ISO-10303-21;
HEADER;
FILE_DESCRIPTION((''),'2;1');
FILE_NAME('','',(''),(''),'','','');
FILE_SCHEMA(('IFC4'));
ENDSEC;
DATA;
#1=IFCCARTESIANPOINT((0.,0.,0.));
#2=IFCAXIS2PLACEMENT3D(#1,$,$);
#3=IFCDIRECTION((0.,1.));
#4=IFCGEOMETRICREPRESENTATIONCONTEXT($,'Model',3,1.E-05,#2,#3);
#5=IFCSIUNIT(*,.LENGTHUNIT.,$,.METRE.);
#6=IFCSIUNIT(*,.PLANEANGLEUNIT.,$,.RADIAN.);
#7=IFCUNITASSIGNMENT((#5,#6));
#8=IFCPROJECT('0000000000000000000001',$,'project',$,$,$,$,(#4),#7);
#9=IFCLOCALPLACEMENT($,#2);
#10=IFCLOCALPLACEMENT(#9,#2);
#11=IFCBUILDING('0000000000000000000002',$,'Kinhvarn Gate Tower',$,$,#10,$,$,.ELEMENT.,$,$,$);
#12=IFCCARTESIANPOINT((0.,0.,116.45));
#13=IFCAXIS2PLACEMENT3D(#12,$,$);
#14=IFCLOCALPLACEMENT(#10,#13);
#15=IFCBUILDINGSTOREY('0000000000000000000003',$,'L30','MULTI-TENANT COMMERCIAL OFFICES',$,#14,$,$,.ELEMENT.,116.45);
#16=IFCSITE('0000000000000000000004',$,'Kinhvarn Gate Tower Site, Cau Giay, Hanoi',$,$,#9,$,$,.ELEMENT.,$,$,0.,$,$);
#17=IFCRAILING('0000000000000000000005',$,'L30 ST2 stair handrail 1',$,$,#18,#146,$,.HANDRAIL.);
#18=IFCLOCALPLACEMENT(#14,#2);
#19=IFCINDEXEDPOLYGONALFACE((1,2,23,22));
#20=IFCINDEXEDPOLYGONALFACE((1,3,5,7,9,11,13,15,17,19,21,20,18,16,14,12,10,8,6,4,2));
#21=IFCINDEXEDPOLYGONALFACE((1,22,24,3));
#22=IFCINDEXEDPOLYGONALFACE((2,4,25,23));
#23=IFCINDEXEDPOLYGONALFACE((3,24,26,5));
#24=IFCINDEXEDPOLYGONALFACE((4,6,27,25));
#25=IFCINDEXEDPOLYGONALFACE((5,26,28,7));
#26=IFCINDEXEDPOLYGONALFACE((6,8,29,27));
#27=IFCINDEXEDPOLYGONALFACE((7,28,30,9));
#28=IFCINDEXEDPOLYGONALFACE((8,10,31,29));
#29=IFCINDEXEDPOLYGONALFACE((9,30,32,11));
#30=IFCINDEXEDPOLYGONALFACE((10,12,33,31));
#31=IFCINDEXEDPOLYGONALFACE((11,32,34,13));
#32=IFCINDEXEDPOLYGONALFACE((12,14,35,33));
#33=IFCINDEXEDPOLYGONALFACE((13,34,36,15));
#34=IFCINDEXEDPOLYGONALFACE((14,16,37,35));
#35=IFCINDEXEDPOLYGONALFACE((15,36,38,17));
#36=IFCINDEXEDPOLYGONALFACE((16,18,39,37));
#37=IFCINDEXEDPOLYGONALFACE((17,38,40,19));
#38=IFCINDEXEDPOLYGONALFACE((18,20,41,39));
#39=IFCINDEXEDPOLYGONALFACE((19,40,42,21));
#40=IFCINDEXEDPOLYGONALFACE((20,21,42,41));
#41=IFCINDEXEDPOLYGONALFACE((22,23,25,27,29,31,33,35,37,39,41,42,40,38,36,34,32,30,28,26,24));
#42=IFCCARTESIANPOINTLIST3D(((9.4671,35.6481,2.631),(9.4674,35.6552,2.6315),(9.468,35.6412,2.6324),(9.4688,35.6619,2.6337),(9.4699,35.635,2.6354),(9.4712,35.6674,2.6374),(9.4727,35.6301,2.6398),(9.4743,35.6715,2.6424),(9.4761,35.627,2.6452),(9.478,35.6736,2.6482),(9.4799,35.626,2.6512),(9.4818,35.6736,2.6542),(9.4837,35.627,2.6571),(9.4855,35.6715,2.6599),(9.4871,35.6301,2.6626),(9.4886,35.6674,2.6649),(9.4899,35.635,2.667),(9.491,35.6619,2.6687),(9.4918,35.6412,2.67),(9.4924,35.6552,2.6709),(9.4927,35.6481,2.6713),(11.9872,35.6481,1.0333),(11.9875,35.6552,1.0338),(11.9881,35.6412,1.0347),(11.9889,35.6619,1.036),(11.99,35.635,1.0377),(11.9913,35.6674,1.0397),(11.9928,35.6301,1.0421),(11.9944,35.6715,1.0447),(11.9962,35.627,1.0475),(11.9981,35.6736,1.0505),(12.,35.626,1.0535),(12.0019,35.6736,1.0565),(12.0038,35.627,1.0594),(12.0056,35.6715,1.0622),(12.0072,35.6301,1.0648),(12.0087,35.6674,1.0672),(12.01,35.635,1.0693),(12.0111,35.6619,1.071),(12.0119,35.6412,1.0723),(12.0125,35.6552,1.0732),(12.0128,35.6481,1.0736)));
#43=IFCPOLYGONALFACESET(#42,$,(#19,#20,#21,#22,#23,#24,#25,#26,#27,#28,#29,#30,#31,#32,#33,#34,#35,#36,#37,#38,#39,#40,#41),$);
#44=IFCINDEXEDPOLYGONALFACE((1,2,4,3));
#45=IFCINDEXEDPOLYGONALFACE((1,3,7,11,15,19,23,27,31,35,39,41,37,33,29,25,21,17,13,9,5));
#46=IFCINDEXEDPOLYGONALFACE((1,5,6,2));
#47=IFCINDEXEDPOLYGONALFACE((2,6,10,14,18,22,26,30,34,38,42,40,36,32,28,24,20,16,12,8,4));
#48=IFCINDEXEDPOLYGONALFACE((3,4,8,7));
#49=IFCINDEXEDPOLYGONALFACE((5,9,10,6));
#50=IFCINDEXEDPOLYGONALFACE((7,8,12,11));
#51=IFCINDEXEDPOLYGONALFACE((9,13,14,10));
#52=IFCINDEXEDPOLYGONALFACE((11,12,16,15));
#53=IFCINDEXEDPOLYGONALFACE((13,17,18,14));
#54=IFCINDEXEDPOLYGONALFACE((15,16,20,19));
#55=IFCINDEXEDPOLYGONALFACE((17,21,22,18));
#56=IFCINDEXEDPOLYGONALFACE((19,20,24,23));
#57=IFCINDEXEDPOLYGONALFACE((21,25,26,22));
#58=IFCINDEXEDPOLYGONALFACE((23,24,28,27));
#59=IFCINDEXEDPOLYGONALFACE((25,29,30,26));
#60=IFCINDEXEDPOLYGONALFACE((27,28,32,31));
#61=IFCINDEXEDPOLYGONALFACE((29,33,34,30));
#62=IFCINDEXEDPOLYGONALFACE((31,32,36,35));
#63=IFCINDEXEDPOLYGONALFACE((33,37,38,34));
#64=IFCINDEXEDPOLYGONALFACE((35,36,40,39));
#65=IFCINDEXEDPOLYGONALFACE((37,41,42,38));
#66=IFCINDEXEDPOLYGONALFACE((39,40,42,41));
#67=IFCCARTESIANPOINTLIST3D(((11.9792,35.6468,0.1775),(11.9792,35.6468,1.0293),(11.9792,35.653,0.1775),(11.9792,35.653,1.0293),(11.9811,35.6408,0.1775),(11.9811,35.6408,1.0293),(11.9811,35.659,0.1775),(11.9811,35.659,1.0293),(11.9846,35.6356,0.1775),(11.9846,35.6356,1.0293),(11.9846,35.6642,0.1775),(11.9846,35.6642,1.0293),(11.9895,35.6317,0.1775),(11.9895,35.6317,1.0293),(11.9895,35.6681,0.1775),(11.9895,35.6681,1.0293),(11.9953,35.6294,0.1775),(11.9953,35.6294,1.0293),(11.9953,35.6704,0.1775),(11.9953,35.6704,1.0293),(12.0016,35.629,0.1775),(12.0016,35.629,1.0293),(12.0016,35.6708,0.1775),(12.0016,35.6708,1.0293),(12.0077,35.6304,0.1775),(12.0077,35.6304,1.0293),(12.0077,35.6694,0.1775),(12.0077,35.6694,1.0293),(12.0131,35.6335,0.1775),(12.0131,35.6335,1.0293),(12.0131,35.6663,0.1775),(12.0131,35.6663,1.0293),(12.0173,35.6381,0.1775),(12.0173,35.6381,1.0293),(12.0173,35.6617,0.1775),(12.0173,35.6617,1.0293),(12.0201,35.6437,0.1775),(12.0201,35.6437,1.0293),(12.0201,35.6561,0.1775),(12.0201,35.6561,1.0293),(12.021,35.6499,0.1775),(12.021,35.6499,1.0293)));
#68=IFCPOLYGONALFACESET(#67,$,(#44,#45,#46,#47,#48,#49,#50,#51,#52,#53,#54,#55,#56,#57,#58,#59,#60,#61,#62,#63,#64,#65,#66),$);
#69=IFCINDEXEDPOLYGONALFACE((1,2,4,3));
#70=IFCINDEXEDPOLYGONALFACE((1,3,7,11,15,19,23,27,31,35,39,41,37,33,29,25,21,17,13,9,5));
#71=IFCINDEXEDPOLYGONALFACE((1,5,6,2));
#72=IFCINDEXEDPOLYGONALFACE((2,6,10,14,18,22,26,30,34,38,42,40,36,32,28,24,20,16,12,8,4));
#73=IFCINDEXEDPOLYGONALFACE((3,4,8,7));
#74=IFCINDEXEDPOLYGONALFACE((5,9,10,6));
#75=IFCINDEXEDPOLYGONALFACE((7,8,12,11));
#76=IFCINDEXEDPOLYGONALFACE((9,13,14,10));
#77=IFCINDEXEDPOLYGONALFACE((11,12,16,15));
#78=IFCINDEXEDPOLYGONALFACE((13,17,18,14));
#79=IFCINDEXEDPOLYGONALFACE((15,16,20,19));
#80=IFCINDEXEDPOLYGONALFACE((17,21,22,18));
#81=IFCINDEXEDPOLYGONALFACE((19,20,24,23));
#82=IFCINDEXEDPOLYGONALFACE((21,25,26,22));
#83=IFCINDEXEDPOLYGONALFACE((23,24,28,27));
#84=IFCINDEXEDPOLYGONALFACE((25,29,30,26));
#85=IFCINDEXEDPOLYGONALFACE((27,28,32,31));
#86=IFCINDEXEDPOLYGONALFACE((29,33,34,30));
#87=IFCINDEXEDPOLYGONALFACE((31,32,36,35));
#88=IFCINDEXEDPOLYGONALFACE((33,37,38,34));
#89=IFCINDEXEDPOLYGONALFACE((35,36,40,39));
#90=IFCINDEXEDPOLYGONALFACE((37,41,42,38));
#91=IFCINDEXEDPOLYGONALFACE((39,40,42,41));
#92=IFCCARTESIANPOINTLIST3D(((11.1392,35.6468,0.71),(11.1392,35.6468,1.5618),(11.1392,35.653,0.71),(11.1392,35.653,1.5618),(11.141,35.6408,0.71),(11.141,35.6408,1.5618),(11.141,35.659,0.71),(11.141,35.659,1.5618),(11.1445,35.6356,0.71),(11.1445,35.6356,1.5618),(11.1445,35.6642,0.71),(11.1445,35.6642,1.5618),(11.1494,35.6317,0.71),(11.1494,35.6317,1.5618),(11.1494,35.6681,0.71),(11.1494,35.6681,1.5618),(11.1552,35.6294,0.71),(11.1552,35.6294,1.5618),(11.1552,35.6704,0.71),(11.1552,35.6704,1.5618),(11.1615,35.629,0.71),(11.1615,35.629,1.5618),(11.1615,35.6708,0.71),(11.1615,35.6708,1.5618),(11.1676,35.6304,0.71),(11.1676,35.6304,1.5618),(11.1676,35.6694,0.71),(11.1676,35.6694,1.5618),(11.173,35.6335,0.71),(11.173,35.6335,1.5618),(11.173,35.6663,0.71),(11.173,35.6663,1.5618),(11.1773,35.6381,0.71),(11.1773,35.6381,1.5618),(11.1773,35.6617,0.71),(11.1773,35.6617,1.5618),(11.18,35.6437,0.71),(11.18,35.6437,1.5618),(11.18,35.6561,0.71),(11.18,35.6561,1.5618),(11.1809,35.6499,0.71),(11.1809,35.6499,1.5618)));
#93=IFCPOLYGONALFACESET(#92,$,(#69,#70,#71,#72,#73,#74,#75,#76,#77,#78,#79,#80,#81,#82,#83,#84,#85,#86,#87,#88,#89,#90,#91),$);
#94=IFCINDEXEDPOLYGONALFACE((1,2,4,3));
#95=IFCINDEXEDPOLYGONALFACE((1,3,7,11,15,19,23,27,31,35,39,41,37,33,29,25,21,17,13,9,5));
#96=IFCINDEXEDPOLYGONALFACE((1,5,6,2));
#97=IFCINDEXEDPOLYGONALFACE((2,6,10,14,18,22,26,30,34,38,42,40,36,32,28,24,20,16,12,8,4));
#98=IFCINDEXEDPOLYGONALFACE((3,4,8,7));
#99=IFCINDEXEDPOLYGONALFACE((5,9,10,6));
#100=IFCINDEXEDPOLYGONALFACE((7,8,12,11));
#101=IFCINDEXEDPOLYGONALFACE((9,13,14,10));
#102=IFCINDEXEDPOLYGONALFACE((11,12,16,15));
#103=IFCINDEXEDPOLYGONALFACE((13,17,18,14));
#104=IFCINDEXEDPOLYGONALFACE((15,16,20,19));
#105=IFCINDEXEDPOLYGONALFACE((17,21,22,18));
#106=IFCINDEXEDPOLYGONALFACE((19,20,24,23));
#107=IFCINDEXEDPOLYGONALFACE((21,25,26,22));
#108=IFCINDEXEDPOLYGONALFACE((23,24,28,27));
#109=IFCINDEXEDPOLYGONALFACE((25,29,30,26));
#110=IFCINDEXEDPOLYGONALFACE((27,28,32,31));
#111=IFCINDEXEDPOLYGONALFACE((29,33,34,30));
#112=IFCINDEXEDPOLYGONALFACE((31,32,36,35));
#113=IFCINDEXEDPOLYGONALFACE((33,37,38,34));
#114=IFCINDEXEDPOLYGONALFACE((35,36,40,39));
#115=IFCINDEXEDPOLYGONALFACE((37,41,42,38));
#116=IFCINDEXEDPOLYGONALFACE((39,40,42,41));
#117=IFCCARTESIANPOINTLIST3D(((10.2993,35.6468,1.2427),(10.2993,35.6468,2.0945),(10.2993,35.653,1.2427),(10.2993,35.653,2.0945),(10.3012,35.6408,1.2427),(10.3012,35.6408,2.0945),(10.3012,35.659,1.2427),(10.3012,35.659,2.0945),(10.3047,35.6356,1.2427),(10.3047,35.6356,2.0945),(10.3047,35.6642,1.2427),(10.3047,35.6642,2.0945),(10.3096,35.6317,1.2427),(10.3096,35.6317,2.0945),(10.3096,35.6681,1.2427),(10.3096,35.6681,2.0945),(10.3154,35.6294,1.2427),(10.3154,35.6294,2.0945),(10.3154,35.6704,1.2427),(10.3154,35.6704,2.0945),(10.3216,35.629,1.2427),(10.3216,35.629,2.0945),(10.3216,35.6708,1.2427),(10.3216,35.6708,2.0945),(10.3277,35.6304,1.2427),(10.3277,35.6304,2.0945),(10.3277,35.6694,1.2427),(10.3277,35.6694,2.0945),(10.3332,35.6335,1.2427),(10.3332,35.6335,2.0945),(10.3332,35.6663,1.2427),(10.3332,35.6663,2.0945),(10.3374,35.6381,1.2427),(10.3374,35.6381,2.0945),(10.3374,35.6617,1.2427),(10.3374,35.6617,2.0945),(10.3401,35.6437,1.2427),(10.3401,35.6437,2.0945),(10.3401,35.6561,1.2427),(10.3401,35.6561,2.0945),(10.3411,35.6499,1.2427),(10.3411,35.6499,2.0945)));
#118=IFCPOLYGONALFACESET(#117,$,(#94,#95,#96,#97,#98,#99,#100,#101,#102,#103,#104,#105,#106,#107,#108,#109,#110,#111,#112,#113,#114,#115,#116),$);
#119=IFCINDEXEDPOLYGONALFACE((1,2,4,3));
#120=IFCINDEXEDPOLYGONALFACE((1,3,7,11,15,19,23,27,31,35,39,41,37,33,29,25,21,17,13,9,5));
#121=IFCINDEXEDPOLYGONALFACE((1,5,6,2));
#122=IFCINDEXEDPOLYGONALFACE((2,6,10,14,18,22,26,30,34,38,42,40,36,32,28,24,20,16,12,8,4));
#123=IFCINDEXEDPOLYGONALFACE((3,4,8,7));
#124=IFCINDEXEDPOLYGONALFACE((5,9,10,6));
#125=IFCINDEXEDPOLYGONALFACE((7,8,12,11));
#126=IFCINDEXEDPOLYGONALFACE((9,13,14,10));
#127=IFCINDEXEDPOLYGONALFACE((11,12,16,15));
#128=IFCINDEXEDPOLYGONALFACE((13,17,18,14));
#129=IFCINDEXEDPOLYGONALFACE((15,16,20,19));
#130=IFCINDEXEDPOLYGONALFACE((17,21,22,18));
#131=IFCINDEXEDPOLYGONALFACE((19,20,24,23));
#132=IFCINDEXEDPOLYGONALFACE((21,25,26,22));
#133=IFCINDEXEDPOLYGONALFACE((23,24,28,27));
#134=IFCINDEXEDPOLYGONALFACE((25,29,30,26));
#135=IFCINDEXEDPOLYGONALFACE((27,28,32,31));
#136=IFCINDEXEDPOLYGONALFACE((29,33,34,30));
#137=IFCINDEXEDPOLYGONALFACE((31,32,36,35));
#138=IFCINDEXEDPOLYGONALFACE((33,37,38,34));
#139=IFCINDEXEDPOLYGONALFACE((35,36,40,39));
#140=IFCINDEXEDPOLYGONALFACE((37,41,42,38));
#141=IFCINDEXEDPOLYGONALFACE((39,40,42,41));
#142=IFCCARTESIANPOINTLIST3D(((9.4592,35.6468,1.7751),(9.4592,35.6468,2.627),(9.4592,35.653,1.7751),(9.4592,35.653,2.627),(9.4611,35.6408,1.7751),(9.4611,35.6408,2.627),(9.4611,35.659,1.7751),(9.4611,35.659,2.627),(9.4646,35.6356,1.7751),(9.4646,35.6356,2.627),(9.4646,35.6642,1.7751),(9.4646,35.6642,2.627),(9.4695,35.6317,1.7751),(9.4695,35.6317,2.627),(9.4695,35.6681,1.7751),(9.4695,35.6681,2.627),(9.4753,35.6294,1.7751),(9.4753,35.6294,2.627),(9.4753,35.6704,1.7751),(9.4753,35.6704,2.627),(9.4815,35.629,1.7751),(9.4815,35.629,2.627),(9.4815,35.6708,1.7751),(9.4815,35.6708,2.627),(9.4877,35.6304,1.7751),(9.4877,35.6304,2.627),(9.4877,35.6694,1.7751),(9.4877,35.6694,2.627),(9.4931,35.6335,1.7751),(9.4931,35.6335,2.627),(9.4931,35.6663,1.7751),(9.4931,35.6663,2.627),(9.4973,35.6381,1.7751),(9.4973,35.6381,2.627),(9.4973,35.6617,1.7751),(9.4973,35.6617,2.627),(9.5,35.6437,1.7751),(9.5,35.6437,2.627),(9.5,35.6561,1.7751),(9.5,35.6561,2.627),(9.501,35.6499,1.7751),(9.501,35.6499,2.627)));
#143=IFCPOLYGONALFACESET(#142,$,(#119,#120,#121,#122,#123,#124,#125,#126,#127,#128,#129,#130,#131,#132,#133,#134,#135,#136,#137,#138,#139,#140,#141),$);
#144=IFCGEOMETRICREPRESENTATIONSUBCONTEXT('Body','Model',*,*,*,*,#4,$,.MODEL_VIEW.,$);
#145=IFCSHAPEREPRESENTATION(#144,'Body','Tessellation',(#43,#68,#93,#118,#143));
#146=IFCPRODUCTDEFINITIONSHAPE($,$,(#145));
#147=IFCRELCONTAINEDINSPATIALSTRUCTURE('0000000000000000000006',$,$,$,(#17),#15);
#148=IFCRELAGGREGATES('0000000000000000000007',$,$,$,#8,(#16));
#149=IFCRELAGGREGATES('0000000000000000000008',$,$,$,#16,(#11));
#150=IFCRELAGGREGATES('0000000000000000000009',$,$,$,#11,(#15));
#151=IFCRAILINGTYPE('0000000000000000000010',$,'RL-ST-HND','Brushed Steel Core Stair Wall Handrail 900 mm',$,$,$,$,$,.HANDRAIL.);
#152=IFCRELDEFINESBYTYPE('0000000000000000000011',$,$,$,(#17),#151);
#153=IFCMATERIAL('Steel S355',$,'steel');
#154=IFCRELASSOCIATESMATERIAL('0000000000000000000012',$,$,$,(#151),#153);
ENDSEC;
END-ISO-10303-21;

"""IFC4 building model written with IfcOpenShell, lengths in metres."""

from ifc_helpers import new_model, si_unit, direction, frame, origin, origin_2d, place, context, subcontext, project, spatial, circle, extrude, material, type_object, element, save


model = new_model("IFC4")

# Units and contexts
model_context = context("Model", 3, precision=1e-05, world=origin(), true_north=direction((0.0, 1.0)))
body_context = subcontext(model_context, "Body", "Model", "MODEL_VIEW")
ifc_project = project(units=[si_unit("LENGTHUNIT", "METRE"), si_unit("PLANEANGLEUNIT", "RADIAN")], contexts=[model_context])

# Site, building, storey
site_placement = place(None, origin())
site = spatial("IfcSite", under=ifc_project, at=site_placement, Name="Kinhvarn Gate Tower Site, Cau Giay, Hanoi", CompositionType="ELEMENT", RefElevation=0.0)
building_placement = place(site_placement, origin())
building = spatial("IfcBuilding", under=site, at=building_placement, Name="Kinhvarn Gate Tower", CompositionType="ELEMENT")
storey_placement = place(building_placement, frame((0.0, 0.0, 116.45)))
storey = spatial("IfcBuildingStorey", under=building, at=storey_placement, Name="L30", Description="MULTI-TENANT COMMERCIAL OFFICES", CompositionType="ELEMENT", Elevation=116.45)

# Shared definitions
ifc_material_1 = material(Name="Steel S355", Category="steel")

# Railing
railing_type_1 = type_object("IfcRailingType", Name="RL-ST-HND", Description="Brushed Steel Core Stair Wall Handrail 900 mm", PredefinedType="HANDRAIL", material=ifc_material_1)
railing_1_placement = place(storey_placement, frame((12.0, 35.6499, 0.1775)))
element("IfcRailing", 1, at=railing_1_placement, inside=storey, type_object=railing_type_1, Name="L30 ST2 stair handrail 1", PredefinedType="HANDRAIL", context=body_context, shape_type="SweptSolid", body=[
    extrude(circle(Radius=0.0239, at=origin_2d()), frame((0.0, 0.0, 0.876), z_axis=(-0.84457, 0.0, 0.535445), x_axis=(0.0, -1.0, 0.0)), (0.0, 0.0, 1.0), 2.9839),
    extrude(circle(Radius=0.021, at=origin_2d()), origin(), (0.0, 0.0, 1.0), 0.8518),
    extrude(circle(Radius=0.021, at=origin_2d()), frame((-0.8401, 0.0, 0.5325)), (0.0, 0.0, 1.0), 0.8518),
    extrude(circle(Radius=0.021, at=origin_2d()), frame((-1.6799, 0.0, 1.0652)), (0.0, 0.0, 1.0), 0.8518),
    extrude(circle(Radius=0.021, at=origin_2d()), frame((-2.52, 0.0, 1.5977)), (0.0, 0.0, 1.0), 0.8518),
])

save(model, "model.ifc")
